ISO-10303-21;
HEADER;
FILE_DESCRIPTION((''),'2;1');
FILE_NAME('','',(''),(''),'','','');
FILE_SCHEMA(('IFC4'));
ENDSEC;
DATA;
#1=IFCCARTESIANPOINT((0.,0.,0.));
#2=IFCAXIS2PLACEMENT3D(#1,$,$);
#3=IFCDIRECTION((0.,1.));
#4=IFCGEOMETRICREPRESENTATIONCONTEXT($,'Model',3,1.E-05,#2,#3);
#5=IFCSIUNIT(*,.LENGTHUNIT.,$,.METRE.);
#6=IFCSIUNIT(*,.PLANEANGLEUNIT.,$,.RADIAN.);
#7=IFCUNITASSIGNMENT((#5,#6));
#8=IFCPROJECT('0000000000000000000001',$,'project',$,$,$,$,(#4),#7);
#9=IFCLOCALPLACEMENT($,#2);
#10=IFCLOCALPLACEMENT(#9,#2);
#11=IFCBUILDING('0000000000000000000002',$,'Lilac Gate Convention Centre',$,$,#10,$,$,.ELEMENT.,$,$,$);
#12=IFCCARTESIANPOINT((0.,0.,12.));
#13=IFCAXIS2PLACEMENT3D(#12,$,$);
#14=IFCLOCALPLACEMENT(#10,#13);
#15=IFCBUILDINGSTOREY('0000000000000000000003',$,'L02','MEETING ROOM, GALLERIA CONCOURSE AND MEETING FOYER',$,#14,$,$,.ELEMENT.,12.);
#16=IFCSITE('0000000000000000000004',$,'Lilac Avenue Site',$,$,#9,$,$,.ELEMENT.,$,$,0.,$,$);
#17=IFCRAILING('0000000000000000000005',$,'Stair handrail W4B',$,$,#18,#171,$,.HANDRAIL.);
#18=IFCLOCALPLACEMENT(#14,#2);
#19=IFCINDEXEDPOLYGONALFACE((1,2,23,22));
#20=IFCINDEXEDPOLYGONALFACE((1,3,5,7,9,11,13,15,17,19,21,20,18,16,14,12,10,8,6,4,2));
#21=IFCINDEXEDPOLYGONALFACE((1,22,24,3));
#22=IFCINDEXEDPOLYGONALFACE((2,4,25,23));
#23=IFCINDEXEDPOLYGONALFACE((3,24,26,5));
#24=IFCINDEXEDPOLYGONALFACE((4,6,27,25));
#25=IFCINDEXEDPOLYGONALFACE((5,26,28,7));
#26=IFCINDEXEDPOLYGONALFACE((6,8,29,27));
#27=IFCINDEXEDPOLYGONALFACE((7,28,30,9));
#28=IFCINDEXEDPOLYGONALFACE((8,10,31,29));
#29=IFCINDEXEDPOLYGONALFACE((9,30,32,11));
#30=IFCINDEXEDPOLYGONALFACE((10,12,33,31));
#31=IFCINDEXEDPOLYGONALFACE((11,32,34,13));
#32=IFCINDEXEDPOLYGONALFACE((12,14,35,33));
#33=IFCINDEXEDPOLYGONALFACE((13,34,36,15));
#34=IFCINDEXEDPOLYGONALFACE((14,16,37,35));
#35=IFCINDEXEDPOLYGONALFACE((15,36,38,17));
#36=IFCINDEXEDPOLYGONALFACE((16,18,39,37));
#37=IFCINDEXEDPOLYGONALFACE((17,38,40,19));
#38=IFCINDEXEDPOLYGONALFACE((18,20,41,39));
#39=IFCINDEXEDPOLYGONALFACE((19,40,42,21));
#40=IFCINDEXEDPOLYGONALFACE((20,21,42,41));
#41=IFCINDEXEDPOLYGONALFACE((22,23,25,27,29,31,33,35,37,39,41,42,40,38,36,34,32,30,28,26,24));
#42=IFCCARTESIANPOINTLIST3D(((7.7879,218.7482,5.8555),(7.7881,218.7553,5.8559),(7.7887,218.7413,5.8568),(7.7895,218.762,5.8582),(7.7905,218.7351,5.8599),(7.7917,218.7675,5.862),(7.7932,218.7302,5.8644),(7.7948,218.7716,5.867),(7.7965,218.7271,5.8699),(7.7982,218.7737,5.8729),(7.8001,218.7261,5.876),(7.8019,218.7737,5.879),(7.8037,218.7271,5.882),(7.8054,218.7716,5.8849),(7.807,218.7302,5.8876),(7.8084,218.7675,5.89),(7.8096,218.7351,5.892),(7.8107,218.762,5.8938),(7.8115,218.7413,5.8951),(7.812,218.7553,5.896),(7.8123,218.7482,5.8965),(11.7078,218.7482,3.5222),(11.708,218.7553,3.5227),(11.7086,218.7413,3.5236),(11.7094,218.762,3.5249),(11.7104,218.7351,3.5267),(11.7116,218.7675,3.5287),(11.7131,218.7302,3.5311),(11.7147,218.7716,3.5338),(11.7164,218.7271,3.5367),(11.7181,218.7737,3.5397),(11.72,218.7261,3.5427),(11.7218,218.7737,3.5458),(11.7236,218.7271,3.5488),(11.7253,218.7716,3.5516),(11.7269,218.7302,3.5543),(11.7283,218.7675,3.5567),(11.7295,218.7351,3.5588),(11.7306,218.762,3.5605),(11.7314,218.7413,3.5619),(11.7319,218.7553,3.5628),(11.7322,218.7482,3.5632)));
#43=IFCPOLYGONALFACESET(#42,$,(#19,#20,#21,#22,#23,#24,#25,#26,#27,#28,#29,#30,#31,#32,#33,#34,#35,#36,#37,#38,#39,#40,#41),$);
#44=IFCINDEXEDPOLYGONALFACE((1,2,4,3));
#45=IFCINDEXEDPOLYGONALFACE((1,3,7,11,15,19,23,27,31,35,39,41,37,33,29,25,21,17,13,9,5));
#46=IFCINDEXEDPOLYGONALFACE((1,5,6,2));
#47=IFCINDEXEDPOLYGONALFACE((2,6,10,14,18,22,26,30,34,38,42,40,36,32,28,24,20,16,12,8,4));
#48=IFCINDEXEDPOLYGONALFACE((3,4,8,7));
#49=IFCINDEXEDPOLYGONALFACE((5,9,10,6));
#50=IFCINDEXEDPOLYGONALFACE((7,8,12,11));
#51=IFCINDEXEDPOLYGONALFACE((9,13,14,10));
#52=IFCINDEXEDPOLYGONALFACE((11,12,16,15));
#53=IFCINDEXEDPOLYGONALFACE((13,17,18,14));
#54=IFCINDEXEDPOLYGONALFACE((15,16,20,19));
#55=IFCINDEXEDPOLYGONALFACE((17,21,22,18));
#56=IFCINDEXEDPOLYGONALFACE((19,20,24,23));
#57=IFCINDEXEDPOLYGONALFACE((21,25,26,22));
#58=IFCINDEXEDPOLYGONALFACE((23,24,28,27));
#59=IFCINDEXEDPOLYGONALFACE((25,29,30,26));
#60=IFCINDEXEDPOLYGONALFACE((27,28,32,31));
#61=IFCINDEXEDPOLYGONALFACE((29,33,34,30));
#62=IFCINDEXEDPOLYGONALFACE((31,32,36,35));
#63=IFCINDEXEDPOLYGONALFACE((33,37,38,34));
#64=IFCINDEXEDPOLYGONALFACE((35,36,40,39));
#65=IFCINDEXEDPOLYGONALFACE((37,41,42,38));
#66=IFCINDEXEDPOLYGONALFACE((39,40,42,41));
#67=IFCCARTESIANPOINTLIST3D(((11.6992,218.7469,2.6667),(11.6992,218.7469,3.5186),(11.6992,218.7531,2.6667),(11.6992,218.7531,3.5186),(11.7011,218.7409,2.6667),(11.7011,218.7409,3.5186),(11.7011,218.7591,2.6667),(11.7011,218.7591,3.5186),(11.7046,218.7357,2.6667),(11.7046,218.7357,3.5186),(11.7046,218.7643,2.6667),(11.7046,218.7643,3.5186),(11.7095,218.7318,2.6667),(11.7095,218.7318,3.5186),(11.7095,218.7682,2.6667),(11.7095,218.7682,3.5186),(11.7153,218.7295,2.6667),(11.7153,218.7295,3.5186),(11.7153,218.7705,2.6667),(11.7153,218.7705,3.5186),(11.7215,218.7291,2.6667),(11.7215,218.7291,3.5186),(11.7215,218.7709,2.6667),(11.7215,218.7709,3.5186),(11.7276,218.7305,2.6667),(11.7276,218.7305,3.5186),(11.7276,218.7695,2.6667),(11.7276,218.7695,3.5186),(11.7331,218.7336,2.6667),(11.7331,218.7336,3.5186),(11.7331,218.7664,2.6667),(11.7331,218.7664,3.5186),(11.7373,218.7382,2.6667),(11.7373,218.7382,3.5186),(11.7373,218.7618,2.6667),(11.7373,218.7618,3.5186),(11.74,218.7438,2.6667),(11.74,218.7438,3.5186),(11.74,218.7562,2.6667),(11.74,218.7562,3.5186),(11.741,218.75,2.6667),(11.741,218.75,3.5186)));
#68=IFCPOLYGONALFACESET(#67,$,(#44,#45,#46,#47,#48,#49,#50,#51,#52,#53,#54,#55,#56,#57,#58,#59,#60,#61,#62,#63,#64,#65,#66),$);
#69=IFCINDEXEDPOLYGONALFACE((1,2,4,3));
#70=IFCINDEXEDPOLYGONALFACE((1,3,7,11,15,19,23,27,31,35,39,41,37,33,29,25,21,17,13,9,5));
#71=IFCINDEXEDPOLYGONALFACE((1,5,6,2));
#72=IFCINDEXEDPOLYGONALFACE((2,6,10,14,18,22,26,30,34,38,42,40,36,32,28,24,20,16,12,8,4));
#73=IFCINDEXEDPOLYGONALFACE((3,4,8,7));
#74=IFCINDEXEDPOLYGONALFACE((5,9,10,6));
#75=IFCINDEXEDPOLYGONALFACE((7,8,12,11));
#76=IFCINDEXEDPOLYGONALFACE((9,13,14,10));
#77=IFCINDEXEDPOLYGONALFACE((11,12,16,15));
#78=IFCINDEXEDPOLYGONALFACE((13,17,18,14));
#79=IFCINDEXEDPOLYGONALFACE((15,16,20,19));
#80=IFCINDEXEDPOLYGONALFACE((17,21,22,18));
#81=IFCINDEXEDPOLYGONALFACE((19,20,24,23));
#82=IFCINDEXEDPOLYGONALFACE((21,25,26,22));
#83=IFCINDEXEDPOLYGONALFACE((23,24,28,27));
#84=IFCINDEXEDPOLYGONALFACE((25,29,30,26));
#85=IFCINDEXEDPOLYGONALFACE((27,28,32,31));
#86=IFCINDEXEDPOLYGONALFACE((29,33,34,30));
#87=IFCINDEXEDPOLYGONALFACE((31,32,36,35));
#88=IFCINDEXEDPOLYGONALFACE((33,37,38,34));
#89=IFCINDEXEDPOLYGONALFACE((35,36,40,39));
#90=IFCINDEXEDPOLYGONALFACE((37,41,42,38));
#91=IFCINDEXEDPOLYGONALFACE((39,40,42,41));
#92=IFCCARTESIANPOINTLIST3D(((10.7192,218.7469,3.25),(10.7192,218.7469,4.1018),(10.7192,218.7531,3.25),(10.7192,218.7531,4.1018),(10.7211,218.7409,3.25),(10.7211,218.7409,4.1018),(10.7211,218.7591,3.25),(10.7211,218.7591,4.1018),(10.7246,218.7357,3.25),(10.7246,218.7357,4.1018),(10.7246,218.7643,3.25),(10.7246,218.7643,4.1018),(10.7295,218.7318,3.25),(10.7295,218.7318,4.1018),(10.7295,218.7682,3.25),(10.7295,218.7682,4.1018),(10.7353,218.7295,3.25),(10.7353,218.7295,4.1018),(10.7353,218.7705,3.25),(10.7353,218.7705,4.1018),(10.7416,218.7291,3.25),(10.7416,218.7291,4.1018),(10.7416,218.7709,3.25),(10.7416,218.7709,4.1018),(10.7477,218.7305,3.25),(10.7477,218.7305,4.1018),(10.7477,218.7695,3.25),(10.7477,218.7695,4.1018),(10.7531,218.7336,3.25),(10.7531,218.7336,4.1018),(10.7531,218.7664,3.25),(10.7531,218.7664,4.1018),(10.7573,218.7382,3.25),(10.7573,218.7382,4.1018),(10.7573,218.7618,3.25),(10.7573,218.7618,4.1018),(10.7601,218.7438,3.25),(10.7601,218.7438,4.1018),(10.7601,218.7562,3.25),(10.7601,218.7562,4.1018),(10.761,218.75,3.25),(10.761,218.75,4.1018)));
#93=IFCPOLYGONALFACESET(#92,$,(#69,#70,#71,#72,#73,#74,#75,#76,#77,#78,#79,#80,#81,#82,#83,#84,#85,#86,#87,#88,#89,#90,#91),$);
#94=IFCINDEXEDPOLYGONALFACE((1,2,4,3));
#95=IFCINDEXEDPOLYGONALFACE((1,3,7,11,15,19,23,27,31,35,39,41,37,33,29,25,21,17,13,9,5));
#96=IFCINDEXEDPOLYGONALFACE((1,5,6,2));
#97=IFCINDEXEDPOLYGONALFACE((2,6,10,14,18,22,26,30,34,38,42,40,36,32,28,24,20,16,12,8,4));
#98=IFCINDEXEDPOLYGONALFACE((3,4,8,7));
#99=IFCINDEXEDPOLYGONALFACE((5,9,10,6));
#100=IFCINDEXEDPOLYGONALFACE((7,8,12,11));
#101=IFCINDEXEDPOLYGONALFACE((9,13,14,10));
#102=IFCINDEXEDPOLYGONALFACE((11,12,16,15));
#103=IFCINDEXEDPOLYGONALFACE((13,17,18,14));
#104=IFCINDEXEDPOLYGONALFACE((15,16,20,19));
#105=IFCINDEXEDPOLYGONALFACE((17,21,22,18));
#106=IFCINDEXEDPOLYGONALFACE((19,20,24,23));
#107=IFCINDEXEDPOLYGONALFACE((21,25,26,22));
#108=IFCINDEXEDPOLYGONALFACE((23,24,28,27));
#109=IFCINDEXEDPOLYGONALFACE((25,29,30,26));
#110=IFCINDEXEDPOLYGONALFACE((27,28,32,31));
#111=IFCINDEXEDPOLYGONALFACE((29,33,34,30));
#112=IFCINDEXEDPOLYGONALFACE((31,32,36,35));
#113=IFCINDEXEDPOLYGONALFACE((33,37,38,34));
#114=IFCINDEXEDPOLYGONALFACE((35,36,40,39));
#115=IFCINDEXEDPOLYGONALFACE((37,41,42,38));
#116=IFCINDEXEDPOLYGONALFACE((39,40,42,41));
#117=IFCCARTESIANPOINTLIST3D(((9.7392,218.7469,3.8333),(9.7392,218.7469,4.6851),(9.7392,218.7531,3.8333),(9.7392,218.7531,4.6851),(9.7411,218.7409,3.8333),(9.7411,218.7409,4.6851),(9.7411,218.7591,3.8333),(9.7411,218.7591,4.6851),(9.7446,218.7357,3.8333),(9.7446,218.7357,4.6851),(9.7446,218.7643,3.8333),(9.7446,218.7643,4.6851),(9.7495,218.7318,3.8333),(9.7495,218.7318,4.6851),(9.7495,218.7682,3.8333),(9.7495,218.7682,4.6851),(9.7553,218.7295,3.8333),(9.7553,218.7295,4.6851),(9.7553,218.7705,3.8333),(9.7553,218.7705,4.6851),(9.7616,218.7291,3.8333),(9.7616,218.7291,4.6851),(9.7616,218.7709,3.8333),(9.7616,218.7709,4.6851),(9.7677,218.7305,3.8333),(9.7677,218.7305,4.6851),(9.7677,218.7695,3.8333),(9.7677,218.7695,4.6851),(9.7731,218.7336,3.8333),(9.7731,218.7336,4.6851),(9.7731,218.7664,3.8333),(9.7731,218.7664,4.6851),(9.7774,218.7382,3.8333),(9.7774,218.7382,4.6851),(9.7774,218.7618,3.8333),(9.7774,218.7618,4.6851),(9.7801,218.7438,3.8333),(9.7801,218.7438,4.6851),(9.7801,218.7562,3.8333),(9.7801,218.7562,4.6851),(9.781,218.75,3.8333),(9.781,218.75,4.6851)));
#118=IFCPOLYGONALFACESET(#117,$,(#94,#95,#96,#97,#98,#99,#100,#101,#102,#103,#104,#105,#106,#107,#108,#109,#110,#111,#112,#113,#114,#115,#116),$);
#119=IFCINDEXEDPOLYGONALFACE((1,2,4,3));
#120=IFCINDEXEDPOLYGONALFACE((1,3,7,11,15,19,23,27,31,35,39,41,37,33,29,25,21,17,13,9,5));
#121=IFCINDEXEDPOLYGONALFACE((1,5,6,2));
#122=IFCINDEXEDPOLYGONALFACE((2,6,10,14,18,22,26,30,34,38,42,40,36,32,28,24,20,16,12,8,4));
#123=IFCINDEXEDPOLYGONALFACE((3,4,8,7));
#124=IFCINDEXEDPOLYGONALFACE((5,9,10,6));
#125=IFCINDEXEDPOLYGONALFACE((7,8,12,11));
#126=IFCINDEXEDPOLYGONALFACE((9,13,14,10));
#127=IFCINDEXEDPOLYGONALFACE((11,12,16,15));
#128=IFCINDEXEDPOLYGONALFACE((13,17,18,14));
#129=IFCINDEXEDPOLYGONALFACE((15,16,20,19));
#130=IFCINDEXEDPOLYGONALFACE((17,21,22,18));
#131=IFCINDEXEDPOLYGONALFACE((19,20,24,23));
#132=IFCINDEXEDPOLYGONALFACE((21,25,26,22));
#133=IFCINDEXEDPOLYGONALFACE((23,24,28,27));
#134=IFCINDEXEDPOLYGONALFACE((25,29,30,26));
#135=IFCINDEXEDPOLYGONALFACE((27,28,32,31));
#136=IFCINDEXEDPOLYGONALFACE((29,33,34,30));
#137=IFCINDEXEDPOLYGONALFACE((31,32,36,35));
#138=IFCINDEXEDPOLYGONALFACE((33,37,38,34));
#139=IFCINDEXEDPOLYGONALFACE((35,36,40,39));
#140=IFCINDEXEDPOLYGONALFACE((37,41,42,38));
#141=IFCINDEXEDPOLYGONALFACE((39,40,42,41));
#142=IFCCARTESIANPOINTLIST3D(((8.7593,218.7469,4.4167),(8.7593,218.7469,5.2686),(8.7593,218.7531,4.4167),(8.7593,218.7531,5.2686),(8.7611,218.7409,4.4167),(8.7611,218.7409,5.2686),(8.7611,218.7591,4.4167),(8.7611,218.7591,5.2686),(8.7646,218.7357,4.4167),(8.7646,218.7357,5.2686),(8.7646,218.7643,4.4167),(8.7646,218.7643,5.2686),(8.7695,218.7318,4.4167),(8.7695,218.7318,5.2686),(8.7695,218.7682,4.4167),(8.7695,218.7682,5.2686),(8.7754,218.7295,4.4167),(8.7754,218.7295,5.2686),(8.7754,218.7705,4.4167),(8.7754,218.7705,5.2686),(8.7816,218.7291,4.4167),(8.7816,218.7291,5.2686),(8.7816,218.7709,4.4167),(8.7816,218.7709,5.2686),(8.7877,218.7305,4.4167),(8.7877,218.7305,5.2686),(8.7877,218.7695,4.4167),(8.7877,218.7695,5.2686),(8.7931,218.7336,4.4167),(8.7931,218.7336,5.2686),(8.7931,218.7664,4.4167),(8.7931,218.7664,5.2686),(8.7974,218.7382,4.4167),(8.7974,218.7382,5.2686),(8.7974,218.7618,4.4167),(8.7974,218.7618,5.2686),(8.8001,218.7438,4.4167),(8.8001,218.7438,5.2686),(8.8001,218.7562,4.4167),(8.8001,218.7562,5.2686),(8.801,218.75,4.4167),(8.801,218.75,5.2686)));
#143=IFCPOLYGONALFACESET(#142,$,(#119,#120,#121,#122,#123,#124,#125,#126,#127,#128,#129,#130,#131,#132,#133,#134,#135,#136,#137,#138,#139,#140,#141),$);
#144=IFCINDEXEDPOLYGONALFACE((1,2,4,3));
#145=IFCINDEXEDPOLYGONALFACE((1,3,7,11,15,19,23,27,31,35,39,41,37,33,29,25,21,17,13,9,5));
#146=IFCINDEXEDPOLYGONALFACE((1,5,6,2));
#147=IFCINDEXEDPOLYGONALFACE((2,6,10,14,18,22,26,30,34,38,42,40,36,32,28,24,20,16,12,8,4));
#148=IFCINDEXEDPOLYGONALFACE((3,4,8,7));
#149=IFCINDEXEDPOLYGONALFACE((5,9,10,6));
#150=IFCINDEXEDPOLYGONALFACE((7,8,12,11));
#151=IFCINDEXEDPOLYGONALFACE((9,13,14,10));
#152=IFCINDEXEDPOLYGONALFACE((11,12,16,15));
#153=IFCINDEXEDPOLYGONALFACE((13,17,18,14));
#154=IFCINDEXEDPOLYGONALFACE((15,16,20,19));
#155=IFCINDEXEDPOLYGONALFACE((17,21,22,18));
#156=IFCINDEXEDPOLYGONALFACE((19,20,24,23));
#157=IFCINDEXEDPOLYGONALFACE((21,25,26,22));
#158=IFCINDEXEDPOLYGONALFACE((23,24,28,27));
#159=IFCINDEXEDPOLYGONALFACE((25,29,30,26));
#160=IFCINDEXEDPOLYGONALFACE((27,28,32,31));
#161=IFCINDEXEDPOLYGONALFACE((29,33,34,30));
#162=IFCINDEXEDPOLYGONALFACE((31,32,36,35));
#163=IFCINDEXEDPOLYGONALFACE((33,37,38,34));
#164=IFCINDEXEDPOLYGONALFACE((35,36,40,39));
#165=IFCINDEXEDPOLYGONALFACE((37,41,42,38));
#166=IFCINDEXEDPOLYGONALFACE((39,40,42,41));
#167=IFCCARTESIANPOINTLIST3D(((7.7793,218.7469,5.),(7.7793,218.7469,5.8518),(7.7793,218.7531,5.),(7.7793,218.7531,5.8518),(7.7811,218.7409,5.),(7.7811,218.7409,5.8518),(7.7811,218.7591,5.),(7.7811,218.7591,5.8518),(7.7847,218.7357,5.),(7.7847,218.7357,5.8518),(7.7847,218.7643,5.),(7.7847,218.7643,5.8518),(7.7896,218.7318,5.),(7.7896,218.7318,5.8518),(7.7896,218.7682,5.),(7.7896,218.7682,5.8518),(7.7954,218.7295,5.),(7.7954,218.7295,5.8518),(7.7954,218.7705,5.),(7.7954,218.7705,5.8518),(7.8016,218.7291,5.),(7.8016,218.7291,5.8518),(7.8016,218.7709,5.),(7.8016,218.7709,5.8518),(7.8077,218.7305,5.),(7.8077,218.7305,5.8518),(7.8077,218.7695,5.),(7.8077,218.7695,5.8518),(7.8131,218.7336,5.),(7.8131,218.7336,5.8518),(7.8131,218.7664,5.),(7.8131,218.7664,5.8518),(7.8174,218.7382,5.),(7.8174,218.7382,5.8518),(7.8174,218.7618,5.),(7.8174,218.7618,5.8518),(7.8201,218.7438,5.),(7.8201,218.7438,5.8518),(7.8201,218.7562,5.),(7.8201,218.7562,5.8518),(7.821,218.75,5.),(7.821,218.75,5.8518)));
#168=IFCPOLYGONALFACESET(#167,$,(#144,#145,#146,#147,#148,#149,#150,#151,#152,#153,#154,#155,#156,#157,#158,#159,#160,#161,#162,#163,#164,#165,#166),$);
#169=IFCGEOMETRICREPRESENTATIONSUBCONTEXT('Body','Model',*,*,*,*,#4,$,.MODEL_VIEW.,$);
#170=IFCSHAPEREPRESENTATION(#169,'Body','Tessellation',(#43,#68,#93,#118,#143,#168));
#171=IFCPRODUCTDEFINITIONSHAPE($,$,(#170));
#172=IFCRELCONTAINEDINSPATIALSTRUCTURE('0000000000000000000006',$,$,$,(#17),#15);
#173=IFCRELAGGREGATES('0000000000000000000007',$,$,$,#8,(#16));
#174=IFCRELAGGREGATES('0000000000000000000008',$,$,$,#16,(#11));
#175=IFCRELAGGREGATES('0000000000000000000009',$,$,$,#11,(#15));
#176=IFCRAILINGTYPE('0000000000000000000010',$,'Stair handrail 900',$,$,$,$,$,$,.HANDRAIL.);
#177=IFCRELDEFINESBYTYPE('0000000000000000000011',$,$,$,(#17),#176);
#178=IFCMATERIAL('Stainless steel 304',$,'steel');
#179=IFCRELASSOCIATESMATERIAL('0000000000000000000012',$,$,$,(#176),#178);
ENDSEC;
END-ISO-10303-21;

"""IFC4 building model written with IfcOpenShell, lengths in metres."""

from ifc_helpers import new_model, si_unit, direction, frame, origin, origin_2d, place, context, subcontext, project, spatial, circle, extrude, material, type_object, element, save


model = new_model("IFC4")

# Units and contexts
model_context = context("Model", 3, precision=1e-05, world=origin(), true_north=direction((0.0, 1.0)))
body_context = subcontext(model_context, "Body", "Model", "MODEL_VIEW")
ifc_project = project(units=[si_unit("LENGTHUNIT", "METRE"), si_unit("PLANEANGLEUNIT", "RADIAN")], contexts=[model_context])

# Site, building, storey
site_placement = place(None, origin())
site = spatial("IfcSite", under=ifc_project, at=site_placement, Name="Lilac Avenue Site", CompositionType="ELEMENT", RefElevation=0.0)
building_placement = place(site_placement, origin())
building = spatial("IfcBuilding", under=site, at=building_placement, Name="Lilac Gate Convention Centre", CompositionType="ELEMENT")
storey_placement = place(building_placement, frame((0.0, 0.0, 12.0)))
storey = spatial("IfcBuildingStorey", under=building, at=storey_placement, Name="L02", Description="MEETING ROOM, GALLERIA CONCOURSE AND MEETING FOYER", CompositionType="ELEMENT", Elevation=12.0)

# Railing
ifc_material_1 = material(Name="Stainless steel 304", Category="steel")
railing_type = type_object("IfcRailingType", Name="Stair handrail 900", PredefinedType="HANDRAIL", material=ifc_material_1)
for number, where, name in (
    (1, (11.72, 218.75, 2.6667), "Stair handrail W4B"),
):
    element("IfcRailing", number, at=place(storey_placement, frame(where)), inside=storey, type_object=railing_type, Name=name, PredefinedType="HANDRAIL", context=body_context, shape_type="SweptSolid", body=[
        extrude(circle(Radius=0.0239, at=origin_2d()), frame((0.0, 0.0, 0.876), z_axis=(-0.859296, 0.0, 0.511478), x_axis=(0.0, -1.0, 0.0)), (0.0, 0.0, 1.0), 4.5618),
        extrude(circle(Radius=0.021, at=origin_2d()), origin(), (0.0, 0.0, 1.0), 0.8518),
        extrude(circle(Radius=0.021, at=origin_2d()), frame((-0.98, 0.0, 0.5833)), (0.0, 0.0, 1.0), 0.8518),
        extrude(circle(Radius=0.021, at=origin_2d()), frame((-1.96, 0.0, 1.1665)), (0.0, 0.0, 1.0), 0.8518),
        extrude(circle(Radius=0.021, at=origin_2d()), frame((-2.9399, 0.0, 1.75)), (0.0, 0.0, 1.0), 0.8518),
        extrude(circle(Radius=0.021, at=origin_2d()), frame((-3.9199, 0.0, 2.3333)), (0.0, 0.0, 1.0), 0.8518),
    ])

save(model, "model.ifc")
